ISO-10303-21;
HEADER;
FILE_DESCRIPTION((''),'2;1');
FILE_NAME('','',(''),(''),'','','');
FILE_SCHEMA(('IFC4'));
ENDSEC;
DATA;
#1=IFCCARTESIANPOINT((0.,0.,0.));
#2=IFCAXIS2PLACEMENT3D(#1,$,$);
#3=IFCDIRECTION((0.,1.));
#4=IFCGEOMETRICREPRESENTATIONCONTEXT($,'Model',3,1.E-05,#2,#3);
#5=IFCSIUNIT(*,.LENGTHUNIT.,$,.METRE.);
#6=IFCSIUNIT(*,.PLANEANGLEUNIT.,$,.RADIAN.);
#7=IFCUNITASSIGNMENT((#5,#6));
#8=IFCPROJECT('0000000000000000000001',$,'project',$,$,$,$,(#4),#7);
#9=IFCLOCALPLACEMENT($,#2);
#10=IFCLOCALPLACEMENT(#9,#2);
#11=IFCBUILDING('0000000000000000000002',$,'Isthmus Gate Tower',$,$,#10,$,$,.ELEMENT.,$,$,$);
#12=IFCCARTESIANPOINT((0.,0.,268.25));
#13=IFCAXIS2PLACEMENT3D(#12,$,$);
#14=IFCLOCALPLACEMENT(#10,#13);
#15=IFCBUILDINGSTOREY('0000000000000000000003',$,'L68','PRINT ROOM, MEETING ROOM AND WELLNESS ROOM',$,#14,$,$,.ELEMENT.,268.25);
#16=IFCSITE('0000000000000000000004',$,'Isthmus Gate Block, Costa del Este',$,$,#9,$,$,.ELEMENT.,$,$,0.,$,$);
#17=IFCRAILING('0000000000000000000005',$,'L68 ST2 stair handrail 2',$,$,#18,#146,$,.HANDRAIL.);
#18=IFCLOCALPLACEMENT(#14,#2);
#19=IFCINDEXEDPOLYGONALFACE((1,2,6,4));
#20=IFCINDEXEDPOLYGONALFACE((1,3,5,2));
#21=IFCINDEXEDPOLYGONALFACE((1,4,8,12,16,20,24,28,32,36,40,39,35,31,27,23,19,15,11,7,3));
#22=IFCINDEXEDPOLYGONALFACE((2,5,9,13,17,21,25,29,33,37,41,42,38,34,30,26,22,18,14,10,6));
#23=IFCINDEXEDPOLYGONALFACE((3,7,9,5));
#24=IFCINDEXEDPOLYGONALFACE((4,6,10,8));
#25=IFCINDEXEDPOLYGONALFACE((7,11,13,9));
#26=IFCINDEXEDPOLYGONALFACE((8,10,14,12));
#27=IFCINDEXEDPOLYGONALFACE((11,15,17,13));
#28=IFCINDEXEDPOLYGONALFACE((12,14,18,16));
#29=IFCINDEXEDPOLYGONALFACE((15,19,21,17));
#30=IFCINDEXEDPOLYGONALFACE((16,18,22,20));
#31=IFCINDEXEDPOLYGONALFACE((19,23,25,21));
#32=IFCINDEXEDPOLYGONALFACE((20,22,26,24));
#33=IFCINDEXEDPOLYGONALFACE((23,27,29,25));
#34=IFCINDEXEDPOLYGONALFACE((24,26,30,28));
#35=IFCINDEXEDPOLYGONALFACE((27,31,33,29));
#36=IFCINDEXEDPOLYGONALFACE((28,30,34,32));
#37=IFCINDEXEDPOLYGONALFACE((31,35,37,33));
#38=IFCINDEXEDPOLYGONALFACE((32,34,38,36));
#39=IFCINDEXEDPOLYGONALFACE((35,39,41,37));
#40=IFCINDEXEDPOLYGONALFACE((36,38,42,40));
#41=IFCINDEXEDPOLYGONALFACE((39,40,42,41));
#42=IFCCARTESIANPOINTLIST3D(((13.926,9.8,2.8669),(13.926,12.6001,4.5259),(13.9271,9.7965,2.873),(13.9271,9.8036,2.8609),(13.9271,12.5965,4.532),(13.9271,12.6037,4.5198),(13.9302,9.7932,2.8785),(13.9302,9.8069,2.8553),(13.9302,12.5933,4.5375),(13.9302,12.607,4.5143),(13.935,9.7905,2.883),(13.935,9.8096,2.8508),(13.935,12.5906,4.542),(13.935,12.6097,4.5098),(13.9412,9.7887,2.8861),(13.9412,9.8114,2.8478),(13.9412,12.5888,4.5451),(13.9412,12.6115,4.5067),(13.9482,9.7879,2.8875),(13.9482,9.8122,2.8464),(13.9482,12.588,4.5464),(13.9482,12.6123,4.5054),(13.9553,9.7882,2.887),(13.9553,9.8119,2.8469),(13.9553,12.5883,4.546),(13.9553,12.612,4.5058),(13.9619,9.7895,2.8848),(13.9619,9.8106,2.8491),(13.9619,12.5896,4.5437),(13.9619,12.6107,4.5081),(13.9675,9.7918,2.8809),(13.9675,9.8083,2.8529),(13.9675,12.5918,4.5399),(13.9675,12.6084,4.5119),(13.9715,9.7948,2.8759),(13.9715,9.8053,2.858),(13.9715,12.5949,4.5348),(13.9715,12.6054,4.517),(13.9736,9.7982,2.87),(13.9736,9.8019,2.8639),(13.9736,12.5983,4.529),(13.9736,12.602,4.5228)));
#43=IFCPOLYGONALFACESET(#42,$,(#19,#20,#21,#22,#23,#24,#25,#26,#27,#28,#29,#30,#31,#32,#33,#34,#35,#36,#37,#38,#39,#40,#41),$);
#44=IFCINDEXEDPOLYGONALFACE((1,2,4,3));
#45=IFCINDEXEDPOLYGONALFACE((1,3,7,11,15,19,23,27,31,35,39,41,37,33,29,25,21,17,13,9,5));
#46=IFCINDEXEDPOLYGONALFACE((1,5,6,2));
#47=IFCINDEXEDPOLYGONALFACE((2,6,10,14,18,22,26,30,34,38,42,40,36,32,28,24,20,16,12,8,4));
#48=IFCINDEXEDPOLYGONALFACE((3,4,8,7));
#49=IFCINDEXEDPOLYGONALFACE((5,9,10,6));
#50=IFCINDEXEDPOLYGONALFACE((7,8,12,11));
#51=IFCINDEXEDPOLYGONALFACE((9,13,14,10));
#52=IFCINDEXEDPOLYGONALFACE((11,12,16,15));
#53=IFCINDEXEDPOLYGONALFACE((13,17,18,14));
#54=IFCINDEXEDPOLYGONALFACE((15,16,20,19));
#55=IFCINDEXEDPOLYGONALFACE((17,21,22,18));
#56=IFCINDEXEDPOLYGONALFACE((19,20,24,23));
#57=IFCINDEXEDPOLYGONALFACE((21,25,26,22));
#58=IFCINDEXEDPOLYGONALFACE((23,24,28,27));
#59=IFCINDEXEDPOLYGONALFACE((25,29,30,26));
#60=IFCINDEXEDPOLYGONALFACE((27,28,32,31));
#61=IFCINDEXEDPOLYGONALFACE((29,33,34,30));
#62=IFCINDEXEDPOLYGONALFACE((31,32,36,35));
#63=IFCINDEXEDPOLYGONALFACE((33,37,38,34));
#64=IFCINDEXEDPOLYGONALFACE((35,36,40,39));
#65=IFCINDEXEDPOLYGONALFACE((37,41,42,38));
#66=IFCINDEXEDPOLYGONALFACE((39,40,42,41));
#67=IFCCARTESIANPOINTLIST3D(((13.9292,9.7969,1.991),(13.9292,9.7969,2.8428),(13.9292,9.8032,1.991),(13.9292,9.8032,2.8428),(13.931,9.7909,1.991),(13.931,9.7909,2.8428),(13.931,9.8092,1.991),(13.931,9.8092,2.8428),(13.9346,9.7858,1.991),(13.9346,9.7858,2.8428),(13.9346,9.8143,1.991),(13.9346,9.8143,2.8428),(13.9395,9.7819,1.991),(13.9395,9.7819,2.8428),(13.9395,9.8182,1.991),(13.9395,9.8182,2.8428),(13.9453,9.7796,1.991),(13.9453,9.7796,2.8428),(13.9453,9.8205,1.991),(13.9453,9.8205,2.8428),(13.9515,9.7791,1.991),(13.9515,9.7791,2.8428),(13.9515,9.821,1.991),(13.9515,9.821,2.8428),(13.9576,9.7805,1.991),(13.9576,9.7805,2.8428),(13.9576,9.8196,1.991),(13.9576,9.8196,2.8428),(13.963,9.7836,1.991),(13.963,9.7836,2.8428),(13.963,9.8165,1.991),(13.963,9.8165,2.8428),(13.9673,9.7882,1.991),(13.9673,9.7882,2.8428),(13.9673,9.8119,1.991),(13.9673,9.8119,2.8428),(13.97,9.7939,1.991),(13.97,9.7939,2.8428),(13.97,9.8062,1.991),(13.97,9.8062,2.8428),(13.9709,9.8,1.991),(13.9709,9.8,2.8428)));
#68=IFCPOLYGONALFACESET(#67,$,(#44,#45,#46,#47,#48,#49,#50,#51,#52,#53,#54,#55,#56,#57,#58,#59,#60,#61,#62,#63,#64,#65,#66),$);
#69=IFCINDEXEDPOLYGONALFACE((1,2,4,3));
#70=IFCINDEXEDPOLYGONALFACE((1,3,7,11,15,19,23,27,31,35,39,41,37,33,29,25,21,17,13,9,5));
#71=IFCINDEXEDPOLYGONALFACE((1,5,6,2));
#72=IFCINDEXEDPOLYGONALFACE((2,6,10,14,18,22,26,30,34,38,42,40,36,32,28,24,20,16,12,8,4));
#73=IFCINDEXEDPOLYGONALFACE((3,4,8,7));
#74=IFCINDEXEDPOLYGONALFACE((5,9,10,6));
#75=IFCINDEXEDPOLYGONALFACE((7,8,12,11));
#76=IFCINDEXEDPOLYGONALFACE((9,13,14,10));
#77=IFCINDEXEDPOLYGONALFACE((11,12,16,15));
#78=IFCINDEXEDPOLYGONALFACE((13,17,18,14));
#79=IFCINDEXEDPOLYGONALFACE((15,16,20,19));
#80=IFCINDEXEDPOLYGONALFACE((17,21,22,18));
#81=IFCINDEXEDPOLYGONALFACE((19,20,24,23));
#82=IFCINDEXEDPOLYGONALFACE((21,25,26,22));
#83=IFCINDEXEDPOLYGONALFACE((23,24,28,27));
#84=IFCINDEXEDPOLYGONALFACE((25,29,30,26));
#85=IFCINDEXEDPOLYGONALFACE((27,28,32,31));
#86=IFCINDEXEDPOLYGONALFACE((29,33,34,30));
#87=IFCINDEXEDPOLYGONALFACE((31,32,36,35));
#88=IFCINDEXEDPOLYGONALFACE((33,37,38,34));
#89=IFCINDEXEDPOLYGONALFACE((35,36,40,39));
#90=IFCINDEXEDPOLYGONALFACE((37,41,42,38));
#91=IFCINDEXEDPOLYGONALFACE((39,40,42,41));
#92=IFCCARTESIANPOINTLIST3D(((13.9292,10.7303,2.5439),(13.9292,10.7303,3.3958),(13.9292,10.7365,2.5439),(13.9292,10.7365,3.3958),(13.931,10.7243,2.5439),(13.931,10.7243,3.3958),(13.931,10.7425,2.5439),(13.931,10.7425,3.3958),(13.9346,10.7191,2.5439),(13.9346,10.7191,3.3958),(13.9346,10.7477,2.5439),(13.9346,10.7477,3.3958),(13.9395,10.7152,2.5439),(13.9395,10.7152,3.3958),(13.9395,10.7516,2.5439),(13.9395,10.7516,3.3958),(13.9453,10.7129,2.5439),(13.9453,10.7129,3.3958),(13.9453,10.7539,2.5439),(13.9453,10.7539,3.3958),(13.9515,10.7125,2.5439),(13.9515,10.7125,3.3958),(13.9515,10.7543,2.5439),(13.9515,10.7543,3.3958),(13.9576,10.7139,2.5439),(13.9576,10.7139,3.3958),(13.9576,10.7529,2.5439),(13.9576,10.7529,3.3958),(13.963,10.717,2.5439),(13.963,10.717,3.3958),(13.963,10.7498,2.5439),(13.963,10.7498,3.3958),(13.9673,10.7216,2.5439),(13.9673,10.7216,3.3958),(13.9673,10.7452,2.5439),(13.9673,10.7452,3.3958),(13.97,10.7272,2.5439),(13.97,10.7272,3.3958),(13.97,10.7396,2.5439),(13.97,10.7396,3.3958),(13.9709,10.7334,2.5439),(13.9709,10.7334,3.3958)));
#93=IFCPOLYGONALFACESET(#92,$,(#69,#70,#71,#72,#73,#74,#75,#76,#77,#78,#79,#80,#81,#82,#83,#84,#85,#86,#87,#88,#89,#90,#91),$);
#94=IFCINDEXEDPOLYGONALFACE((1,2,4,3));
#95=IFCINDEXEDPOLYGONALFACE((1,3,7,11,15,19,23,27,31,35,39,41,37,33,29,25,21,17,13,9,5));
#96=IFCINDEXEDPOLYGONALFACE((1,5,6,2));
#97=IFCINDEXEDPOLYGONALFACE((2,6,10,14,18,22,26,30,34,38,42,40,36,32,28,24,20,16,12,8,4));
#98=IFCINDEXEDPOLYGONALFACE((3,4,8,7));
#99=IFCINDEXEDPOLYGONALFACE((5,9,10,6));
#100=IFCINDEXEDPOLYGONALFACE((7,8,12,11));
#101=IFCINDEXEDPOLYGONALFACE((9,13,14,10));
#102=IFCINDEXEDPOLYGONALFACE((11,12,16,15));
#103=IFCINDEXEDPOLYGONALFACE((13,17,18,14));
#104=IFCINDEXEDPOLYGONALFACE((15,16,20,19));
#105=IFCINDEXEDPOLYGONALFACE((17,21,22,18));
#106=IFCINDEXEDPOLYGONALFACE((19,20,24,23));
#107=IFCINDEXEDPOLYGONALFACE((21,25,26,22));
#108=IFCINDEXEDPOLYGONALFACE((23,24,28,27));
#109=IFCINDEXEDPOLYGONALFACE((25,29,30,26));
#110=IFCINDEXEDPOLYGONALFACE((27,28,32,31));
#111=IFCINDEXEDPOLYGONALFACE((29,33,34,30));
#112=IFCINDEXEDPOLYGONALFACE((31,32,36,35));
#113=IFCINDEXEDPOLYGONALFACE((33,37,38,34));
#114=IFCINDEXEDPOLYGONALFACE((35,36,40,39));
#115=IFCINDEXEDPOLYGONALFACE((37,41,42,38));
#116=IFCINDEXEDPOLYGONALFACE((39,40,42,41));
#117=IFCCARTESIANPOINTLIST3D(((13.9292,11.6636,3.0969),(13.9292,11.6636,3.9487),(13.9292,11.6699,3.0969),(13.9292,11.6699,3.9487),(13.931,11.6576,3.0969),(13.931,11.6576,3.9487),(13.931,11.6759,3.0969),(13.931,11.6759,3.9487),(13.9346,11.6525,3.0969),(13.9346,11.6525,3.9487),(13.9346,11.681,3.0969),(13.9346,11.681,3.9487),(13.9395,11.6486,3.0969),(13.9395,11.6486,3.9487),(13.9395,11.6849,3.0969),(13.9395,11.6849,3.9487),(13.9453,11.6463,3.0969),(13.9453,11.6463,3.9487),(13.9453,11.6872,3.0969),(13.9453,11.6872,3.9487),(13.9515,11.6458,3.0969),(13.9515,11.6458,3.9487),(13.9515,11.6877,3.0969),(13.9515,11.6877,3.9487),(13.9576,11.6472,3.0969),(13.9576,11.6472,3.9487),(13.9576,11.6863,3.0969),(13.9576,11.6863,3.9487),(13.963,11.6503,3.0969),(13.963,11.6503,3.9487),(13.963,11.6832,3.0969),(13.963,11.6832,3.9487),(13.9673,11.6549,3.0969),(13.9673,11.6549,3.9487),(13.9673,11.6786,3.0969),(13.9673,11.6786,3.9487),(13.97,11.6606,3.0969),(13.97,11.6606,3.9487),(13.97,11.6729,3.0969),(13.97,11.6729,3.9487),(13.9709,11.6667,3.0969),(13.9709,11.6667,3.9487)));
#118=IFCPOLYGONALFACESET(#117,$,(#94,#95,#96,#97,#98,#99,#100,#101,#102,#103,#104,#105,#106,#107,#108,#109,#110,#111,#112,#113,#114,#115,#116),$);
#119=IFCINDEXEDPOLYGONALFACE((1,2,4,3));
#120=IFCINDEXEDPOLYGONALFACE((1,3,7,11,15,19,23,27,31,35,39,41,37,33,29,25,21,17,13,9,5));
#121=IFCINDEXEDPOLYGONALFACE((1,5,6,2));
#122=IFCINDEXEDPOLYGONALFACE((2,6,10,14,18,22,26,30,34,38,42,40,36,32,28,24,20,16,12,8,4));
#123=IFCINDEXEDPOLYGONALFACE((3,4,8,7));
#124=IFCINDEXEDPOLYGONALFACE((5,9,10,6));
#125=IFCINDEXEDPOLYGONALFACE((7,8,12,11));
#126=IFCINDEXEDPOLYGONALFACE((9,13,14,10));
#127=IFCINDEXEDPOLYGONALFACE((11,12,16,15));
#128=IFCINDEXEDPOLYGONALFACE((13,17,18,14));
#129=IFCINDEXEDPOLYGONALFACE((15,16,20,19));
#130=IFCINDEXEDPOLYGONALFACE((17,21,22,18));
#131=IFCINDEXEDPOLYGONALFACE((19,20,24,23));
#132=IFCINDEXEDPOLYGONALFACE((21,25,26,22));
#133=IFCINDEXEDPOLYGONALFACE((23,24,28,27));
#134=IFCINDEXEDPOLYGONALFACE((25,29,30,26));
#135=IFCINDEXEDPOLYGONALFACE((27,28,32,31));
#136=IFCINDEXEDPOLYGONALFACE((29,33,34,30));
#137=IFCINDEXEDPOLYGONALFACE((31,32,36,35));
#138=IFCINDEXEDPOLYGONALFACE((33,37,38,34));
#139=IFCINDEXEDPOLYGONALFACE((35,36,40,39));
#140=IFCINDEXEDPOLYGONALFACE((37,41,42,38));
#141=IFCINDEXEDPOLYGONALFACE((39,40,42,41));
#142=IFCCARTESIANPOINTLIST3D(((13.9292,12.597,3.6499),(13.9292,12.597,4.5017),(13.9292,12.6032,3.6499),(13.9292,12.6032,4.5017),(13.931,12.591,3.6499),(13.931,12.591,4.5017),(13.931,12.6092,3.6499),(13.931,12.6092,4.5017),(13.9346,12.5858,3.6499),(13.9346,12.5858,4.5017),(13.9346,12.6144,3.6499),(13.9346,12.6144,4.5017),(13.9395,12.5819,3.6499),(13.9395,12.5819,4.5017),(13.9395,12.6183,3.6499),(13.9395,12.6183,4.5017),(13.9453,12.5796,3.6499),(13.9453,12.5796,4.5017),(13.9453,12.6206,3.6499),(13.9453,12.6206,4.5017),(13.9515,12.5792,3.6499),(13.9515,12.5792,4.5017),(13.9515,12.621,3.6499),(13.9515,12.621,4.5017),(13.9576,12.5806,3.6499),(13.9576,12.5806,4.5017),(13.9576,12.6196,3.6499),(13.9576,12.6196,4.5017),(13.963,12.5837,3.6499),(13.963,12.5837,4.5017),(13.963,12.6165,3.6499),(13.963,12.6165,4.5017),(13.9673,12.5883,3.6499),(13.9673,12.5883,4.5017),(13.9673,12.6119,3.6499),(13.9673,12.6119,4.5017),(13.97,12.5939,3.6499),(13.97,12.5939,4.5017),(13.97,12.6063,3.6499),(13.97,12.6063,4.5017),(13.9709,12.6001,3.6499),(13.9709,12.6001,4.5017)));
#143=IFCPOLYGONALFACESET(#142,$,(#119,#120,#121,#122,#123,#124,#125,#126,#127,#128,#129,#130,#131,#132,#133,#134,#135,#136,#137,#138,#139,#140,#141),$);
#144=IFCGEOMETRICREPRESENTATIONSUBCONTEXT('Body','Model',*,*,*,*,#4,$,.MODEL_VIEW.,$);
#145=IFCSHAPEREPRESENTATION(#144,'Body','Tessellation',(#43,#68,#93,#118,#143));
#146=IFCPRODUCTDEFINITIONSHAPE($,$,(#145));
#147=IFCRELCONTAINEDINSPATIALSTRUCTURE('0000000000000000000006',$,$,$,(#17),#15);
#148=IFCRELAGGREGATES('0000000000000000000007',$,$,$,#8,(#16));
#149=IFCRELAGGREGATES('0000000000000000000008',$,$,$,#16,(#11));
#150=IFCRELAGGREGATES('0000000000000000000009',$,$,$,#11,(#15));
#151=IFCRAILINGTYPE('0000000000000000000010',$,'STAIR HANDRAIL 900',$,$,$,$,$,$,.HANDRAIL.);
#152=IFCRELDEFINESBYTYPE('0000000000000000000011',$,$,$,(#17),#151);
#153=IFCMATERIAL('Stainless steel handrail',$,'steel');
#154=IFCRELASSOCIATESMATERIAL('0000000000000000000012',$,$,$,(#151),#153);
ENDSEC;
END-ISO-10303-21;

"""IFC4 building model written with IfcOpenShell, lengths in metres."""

from ifc_helpers import new_model, si_unit, direction, frame, origin, origin_2d, place, context, subcontext, project, spatial, circle, extrude, material, type_object, element, save


model = new_model("IFC4")

# Units and contexts
model_context = context("Model", 3, precision=1e-05, world=origin(), true_north=direction((0.0, 1.0)))
body_context = subcontext(model_context, "Body", "Model", "MODEL_VIEW")
ifc_project = project(units=[si_unit("LENGTHUNIT", "METRE"), si_unit("PLANEANGLEUNIT", "RADIAN")], contexts=[model_context])

# Site, building, storey
site_placement = place(None, origin())
site = spatial("IfcSite", under=ifc_project, at=site_placement, Name="Isthmus Gate Block, Costa del Este", CompositionType="ELEMENT", RefElevation=0.0)
building_placement = place(site_placement, origin())
building = spatial("IfcBuilding", under=site, at=building_placement, Name="Isthmus Gate Tower", CompositionType="ELEMENT")
storey_placement = place(building_placement, frame((0.0, 0.0, 268.25)))
storey = spatial("IfcBuildingStorey", under=building, at=storey_placement, Name="L68", Description="PRINT ROOM, MEETING ROOM AND WELLNESS ROOM", CompositionType="ELEMENT", Elevation=268.25)

# Railing
ifc_material_1 = material(Name="Stainless steel handrail", Category="steel")
railing_type_1 = type_object("IfcRailingType", Name="STAIR HANDRAIL 900", PredefinedType="HANDRAIL", material=ifc_material_1)
railing_1_placement = place(storey_placement, frame((13.95, 9.8, 1.991)))
element("IfcRailing", 1, at=railing_1_placement, inside=storey, type_object=railing_type_1, Name="L68 ST2 stair handrail 2", PredefinedType="HANDRAIL", context=body_context, shape_type="SweptSolid", body=[
    extrude(circle(Radius=0.0239, at=origin_2d()), frame((0.0, 0.0, 0.876), z_axis=(0.0, 0.860339, 0.509722), x_axis=(-1.0, 0.0, 0.0)), (0.0, 0.0, 1.0), 3.2546),
    extrude(circle(Radius=0.021, at=origin_2d()), origin(), (0.0, 0.0, 1.0), 0.8518),
    extrude(circle(Radius=0.021, at=origin_2d()), frame((0.0, 0.9333, 0.553)), (0.0, 0.0, 1.0), 0.8518),
    extrude(circle(Radius=0.021, at=origin_2d()), frame((0.0, 1.8667, 1.106)), (0.0, 0.0, 1.0), 0.8518),
    extrude(circle(Radius=0.021, at=origin_2d()), frame((0.0, 2.8, 1.6589)), (0.0, 0.0, 1.0), 0.8518),
])

save(model, "model.ifc")
